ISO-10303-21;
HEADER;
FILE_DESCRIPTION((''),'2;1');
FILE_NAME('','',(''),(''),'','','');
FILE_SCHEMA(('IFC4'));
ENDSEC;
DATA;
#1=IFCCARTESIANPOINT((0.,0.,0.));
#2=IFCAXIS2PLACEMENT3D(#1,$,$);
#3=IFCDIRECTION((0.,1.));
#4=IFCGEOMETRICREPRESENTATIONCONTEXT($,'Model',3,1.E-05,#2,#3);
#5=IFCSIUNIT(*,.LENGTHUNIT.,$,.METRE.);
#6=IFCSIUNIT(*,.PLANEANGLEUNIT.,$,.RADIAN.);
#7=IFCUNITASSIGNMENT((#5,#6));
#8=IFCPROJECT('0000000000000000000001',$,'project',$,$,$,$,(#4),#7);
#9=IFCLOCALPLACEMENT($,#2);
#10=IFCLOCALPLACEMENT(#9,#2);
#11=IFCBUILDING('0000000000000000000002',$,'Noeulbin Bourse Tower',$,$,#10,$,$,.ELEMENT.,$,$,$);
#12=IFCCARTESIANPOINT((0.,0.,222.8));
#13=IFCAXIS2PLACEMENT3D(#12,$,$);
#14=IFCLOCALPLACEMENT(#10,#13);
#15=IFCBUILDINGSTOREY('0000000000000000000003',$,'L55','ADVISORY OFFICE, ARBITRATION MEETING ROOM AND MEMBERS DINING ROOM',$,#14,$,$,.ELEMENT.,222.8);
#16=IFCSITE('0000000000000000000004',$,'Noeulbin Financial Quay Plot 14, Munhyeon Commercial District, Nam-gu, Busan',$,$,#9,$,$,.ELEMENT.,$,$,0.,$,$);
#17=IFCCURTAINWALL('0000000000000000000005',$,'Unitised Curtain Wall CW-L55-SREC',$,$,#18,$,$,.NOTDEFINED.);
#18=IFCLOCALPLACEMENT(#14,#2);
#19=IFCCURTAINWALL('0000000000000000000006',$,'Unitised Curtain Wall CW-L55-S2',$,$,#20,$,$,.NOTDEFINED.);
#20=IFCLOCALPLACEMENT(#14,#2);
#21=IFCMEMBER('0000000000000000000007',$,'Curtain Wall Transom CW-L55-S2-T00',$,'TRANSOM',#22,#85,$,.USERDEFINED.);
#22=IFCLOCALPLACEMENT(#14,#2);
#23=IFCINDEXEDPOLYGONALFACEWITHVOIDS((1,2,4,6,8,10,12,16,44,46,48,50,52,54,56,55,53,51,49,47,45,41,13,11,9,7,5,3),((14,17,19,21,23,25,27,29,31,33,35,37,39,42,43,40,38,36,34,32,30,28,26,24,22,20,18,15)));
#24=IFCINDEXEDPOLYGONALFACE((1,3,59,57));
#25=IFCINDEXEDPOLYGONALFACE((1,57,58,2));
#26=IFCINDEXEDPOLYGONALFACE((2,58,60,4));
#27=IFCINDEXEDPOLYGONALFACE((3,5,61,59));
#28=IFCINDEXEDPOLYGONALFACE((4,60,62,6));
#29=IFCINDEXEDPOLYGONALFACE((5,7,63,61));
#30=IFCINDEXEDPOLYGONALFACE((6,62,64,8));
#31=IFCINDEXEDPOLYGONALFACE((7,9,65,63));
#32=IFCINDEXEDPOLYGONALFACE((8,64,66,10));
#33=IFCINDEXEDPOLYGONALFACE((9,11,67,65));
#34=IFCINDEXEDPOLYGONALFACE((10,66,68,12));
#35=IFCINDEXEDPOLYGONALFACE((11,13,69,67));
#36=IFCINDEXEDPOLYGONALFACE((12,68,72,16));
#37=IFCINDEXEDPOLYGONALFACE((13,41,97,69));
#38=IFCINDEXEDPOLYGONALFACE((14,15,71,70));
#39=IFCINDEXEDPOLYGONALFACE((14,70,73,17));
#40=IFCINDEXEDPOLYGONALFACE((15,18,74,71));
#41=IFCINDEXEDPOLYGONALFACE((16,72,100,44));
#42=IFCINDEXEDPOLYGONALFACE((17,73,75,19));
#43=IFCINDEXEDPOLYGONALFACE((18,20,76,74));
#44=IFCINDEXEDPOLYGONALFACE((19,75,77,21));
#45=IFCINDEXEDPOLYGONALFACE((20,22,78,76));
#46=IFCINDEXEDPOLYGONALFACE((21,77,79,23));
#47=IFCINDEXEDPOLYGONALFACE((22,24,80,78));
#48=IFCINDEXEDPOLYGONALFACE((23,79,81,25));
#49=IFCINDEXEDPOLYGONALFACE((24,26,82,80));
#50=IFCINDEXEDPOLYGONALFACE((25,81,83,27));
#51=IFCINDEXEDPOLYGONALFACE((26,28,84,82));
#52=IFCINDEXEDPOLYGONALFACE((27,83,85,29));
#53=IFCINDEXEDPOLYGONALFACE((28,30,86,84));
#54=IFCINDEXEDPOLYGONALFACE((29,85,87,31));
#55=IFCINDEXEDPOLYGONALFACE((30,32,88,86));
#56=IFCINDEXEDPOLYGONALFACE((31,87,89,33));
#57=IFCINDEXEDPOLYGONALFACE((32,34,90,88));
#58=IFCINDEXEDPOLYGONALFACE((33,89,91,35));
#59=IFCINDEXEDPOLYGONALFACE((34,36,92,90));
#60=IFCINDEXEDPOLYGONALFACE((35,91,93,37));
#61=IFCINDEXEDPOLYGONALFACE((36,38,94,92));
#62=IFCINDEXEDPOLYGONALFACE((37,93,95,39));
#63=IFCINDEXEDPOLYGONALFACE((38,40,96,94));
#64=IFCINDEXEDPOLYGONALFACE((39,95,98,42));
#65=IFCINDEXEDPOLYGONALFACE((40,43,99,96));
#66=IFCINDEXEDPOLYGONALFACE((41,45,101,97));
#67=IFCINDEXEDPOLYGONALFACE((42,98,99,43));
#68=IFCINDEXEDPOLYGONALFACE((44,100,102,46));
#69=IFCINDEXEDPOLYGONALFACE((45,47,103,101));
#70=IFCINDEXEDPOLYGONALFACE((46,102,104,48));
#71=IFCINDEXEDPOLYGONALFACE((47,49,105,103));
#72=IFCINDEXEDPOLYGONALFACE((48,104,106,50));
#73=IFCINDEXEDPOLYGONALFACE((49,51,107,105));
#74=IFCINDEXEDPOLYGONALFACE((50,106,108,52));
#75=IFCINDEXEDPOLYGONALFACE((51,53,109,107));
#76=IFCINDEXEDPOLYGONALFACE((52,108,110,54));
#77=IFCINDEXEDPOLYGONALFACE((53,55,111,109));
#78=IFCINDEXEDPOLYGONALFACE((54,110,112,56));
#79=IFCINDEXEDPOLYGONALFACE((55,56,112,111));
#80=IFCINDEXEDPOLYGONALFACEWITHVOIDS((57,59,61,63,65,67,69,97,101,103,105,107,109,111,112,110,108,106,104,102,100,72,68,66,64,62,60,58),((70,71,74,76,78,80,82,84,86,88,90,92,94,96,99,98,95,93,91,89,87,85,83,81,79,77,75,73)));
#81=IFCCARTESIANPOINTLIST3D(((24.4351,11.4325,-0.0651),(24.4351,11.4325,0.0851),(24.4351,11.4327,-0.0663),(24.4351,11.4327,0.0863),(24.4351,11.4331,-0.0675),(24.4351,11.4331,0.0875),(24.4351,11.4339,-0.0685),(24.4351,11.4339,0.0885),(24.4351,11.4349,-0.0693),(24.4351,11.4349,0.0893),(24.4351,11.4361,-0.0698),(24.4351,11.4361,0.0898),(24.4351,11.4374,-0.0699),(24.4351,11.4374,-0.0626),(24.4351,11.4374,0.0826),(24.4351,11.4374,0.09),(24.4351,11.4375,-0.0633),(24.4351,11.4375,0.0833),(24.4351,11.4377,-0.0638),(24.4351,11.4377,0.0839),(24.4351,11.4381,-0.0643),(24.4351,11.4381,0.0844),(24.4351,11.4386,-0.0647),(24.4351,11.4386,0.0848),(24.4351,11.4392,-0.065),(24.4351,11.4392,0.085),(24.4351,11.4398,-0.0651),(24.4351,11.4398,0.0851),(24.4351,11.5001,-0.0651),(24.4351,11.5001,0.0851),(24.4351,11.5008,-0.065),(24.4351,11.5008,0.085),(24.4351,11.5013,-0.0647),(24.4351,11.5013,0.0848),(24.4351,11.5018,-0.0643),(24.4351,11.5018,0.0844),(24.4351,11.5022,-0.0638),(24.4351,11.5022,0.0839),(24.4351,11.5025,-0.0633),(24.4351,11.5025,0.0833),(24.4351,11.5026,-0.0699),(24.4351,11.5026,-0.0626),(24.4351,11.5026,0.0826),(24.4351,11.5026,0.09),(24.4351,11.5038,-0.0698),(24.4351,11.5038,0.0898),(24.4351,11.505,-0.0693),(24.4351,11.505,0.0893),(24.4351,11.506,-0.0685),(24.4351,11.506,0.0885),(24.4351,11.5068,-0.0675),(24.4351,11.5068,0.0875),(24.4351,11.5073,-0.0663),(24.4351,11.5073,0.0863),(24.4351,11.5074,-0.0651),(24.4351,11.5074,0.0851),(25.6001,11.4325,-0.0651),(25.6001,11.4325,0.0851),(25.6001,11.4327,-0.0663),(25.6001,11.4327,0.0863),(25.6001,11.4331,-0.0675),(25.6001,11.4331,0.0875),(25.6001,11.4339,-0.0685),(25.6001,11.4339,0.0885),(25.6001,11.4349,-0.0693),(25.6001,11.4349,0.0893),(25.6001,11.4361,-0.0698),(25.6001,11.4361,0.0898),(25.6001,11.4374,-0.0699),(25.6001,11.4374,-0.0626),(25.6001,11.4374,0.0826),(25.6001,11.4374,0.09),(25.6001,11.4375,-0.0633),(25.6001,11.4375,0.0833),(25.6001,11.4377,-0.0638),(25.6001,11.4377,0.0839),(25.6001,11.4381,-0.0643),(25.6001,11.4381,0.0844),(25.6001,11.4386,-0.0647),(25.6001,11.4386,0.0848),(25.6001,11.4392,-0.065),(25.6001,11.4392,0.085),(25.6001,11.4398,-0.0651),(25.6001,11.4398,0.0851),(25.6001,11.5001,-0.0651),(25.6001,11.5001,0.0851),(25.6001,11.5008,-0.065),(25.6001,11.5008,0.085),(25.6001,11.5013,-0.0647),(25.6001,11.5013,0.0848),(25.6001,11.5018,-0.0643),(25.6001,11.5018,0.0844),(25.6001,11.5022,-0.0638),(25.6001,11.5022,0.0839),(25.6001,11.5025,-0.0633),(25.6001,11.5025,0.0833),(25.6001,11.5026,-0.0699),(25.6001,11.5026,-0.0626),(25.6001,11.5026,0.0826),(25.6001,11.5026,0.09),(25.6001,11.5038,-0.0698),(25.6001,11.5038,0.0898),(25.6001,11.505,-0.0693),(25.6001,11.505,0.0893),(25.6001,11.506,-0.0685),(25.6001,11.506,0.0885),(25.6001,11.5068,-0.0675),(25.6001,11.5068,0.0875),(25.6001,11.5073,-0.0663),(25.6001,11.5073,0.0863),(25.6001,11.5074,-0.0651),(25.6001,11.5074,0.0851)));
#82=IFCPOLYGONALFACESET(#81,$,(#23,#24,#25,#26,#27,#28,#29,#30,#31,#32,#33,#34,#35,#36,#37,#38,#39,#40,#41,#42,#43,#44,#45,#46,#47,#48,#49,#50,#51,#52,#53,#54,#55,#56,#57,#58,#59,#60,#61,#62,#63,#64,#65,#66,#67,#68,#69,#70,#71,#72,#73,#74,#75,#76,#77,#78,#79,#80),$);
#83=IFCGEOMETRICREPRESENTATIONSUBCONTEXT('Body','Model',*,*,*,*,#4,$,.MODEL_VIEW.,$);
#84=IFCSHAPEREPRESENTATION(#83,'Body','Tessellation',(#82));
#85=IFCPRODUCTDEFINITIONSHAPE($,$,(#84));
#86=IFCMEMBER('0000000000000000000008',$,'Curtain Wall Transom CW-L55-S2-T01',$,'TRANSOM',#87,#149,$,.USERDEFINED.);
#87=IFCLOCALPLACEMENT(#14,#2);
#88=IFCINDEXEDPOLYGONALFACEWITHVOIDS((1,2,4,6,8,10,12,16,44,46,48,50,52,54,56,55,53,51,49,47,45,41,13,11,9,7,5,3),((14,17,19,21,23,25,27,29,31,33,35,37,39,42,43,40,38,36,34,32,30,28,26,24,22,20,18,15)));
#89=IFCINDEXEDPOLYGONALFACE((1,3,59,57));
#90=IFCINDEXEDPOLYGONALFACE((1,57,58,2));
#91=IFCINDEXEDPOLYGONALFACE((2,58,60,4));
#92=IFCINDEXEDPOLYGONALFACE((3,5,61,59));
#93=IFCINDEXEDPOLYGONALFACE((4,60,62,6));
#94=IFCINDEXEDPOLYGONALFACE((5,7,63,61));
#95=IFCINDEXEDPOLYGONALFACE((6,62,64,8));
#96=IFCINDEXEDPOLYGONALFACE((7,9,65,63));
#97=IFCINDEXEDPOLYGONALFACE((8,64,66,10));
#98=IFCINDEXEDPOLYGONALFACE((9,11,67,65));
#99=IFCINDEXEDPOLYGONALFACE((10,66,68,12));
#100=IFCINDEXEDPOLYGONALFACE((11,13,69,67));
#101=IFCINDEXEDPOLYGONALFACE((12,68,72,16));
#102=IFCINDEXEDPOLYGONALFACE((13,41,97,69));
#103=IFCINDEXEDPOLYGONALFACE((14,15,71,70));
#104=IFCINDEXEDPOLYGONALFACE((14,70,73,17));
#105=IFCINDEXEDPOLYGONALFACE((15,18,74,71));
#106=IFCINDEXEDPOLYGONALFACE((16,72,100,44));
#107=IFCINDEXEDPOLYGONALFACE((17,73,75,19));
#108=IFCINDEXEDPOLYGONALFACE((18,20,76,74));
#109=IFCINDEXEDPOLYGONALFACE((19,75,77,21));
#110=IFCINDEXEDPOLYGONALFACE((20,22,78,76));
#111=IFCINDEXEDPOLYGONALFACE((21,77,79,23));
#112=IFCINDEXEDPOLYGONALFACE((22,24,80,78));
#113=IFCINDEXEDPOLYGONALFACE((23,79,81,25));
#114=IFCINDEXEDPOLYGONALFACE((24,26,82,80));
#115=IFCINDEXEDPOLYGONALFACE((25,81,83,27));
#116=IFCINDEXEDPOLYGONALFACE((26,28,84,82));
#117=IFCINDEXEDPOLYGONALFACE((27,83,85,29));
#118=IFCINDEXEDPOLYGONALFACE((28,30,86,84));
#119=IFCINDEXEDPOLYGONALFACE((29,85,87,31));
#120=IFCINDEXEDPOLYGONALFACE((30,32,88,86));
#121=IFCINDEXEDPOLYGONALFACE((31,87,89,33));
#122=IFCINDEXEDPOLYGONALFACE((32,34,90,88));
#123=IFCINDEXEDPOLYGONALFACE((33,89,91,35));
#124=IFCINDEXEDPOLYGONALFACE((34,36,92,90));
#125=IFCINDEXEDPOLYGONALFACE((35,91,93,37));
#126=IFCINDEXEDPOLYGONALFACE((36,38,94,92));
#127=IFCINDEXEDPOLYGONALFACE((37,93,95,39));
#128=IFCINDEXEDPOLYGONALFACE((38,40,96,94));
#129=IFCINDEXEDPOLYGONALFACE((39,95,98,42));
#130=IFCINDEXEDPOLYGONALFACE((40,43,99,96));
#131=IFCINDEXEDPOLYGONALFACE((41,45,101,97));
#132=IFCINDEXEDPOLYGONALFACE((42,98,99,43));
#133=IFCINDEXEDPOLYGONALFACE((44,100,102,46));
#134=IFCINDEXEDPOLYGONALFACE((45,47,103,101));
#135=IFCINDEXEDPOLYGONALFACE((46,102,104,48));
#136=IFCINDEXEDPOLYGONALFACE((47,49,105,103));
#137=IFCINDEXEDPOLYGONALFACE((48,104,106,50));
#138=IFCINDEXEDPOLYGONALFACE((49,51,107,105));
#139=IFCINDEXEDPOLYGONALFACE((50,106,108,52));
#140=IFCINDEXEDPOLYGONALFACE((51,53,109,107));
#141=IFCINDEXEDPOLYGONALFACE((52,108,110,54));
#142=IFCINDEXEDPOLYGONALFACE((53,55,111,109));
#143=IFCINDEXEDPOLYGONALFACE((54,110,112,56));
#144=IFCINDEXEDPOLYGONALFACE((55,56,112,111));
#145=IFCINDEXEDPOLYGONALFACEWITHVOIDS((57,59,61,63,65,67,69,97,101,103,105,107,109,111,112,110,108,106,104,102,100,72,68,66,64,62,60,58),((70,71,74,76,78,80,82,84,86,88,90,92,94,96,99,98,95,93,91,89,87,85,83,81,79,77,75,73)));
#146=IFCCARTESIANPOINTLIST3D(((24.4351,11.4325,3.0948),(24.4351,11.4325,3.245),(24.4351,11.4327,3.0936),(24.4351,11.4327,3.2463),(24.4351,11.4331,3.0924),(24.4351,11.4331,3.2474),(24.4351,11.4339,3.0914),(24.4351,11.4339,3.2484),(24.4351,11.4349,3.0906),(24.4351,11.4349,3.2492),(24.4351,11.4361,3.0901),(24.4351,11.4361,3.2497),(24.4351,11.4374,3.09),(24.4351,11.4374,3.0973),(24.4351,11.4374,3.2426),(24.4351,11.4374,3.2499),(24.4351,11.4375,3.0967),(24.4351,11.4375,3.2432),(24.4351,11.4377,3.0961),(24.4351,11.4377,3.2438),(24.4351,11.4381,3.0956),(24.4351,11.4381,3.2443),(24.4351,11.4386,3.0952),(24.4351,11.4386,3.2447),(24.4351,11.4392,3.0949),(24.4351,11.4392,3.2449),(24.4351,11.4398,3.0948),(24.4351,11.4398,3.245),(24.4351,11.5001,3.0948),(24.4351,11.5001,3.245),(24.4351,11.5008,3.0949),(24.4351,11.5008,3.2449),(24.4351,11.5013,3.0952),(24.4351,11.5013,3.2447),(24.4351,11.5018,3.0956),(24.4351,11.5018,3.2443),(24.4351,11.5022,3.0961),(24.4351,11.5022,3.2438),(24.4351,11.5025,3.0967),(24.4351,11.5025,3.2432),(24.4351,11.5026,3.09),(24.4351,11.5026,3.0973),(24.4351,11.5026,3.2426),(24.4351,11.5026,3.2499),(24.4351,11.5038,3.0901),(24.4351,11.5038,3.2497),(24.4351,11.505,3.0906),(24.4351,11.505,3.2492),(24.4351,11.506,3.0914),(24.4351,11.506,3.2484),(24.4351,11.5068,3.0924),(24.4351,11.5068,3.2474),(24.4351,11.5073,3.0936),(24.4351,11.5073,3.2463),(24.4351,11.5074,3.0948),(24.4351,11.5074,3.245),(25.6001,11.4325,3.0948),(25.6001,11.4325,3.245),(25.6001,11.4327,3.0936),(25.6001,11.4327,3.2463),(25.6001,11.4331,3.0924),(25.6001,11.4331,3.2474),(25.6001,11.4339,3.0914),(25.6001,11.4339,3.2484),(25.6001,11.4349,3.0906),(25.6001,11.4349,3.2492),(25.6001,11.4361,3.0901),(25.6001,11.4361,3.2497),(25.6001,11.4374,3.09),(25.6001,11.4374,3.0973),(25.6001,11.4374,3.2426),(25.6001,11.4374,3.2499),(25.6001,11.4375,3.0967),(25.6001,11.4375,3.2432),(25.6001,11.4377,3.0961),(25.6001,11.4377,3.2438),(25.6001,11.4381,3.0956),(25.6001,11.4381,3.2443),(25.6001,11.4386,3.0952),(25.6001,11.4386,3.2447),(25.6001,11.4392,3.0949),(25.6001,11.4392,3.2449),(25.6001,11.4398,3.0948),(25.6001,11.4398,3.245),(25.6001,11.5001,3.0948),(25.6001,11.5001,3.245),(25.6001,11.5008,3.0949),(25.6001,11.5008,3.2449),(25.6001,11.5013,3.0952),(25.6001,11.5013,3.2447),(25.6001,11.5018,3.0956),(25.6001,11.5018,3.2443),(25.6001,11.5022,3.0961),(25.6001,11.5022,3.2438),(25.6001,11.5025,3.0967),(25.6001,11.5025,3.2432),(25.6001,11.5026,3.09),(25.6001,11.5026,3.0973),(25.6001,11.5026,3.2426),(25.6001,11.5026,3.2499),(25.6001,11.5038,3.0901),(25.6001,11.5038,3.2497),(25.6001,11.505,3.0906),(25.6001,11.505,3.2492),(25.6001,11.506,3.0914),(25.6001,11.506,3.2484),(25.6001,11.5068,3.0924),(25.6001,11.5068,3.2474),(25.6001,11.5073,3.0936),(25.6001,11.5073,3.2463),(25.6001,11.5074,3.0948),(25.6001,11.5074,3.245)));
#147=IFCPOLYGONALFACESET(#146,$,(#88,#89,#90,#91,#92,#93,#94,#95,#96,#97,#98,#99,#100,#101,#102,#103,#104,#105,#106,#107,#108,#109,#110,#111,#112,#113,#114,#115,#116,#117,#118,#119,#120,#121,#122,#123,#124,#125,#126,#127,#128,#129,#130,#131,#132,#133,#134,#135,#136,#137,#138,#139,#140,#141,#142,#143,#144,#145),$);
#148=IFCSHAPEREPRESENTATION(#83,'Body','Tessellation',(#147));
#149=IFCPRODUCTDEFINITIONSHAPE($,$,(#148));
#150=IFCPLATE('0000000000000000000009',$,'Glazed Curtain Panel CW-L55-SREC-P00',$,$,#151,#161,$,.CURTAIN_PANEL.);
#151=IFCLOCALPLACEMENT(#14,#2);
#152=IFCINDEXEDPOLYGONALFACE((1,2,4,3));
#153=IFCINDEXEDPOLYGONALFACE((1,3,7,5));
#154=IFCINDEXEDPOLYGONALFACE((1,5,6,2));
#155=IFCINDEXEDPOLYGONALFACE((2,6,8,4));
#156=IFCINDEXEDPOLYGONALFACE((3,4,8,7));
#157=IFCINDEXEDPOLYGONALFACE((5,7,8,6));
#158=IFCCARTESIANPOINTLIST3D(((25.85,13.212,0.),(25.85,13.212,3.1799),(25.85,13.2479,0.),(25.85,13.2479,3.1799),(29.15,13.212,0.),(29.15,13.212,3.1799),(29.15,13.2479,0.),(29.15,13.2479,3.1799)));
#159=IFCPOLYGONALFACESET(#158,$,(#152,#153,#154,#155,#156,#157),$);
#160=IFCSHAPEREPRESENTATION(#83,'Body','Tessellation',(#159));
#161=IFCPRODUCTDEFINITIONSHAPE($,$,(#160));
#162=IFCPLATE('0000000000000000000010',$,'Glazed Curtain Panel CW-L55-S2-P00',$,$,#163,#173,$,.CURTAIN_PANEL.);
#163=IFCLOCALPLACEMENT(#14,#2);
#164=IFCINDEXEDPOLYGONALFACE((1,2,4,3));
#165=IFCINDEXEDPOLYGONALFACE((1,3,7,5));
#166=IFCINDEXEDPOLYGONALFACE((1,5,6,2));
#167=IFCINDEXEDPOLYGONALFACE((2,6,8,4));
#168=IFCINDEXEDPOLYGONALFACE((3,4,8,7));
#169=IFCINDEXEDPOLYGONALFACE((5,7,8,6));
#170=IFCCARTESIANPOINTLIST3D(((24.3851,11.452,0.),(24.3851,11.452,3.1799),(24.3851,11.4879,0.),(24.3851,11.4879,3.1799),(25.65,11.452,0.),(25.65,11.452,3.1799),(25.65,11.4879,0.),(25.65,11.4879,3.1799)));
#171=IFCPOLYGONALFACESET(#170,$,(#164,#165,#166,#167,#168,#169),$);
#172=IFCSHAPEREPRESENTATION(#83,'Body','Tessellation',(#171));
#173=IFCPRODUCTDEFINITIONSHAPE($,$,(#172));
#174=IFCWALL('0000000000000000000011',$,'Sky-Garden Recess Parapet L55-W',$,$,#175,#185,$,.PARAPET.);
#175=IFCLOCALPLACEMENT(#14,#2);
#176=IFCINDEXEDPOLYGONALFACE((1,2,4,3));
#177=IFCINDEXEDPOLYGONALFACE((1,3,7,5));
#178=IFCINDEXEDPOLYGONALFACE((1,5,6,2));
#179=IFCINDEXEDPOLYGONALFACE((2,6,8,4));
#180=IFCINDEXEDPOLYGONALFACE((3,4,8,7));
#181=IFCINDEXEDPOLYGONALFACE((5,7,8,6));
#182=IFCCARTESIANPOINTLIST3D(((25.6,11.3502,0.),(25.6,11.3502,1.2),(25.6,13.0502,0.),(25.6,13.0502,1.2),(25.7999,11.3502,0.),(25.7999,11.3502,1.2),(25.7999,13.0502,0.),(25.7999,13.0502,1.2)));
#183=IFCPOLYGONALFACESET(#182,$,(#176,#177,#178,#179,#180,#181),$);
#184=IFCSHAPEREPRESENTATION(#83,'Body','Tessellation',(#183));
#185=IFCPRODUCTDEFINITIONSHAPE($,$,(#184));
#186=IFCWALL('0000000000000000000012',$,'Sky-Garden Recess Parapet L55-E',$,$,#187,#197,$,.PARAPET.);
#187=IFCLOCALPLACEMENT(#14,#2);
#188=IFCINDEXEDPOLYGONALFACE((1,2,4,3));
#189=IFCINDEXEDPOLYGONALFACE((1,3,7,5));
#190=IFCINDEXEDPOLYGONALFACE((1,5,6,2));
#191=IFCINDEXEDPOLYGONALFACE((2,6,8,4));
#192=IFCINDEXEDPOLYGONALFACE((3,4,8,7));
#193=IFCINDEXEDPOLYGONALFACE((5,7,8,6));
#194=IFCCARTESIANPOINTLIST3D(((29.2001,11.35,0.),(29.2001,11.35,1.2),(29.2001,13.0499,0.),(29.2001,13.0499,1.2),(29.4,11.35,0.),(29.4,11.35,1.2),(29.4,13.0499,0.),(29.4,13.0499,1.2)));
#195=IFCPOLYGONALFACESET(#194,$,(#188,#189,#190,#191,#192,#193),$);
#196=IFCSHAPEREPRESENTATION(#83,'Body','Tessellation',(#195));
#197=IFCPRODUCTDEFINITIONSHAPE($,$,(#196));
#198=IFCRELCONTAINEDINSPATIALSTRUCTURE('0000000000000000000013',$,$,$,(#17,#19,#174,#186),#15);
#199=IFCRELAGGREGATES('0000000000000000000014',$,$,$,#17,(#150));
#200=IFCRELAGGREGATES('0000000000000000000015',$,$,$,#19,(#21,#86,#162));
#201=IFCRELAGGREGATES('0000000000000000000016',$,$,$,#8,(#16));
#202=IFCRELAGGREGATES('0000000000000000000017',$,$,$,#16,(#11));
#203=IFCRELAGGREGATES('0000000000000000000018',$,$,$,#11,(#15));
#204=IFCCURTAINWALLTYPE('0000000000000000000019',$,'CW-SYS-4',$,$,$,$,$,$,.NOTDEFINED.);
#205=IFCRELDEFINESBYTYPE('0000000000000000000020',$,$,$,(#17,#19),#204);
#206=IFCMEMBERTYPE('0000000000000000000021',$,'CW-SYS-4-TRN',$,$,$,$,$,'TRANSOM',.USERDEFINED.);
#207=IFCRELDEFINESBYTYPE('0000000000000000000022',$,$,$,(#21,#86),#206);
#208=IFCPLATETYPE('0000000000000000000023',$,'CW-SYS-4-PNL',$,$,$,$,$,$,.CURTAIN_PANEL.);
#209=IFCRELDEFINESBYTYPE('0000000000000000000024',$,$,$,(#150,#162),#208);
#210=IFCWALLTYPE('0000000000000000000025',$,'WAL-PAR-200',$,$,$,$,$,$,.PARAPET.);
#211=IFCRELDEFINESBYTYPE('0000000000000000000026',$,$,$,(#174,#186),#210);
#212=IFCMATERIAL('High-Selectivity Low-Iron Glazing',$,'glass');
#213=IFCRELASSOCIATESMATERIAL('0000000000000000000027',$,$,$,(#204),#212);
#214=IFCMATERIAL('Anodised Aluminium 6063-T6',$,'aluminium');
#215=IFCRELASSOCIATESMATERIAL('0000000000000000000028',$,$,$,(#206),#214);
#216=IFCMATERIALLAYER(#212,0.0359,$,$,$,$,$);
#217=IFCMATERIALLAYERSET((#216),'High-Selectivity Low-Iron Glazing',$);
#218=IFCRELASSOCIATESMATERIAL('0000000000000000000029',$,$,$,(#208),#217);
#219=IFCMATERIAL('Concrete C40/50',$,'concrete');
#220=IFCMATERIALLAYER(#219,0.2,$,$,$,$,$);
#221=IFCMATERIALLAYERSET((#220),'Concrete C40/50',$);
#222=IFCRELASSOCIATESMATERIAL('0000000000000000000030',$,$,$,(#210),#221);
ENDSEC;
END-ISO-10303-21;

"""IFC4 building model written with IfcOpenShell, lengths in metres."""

from ifc_helpers import new_model, si_unit, direction, frame, frame_2d, origin, origin_2d, place, context, subcontext, project, spatial, rectangle, hollow_rectangle, extrude, material, layer, layer_set, material_profile, profile_set, type_object, element, aggregate, save


model = new_model("IFC4")

# Units and contexts
model_context = context("Model", 3, precision=1e-05, world=origin(), true_north=direction((0.0, 1.0)))
body_context = subcontext(model_context, "Body", "Model", "MODEL_VIEW")
ifc_project = project(units=[si_unit("LENGTHUNIT", "METRE"), si_unit("PLANEANGLEUNIT", "RADIAN")], contexts=[model_context])

# Site, building, storey
site_placement = place(None, origin())
site = spatial("IfcSite", under=ifc_project, at=site_placement, Name="Noeulbin Financial Quay Plot 14, Munhyeon Commercial District, Nam-gu, Busan", CompositionType="ELEMENT", RefElevation=0.0)
building_placement = place(site_placement, origin())
building = spatial("IfcBuilding", under=site, at=building_placement, Name="Noeulbin Bourse Tower", CompositionType="ELEMENT")
storey_placement = place(building_placement, frame((0.0, 0.0, 222.8)))
storey = spatial("IfcBuildingStorey", under=building, at=storey_placement, Name="L55", Description="ADVISORY OFFICE, ARBITRATION MEETING ROOM AND MEMBERS DINING ROOM", CompositionType="ELEMENT", Elevation=222.8)

# Curtain wall
ifc_material_1 = material(Name="High-Selectivity Low-Iron Glazing", Category="glass")
curtain_wall_type = type_object("IfcCurtainWallType", Name="CW-SYS-4", PredefinedType="NOTDEFINED", material=ifc_material_1)
curtain_wall_1_placement = place(storey_placement, origin())
curtain_wall_1 = element("IfcCurtainWall", 1, at=curtain_wall_1_placement, inside=storey, type_object=curtain_wall_type, Name="Unitised Curtain Wall CW-L55-SREC", PredefinedType="NOTDEFINED")
ifc_material_2 = material(Name="Anodised Aluminium 6063-T6", Category="aluminium")

# Curtain wall
curtain_wall_2_placement = place(storey_placement, origin())
curtain_wall_2 = element("IfcCurtainWall", 2, at=curtain_wall_2_placement, inside=storey, type_object=curtain_wall_type, Name="Unitised Curtain Wall CW-L55-S2", PredefinedType="NOTDEFINED")

# Members
ifc_material_profile_1 = material_profile(ifc_material_2, hollow_rectangle(XDim=0.075, YDim=0.1599, WallThickness=0.0049, InnerFilletRadius=0.0024, OuterFilletRadius=0.0049, at=origin_2d()), Name="ALU-TRAN-75x160x5", Category="LoadBearing")
ifc_profile_set_1 = profile_set([ifc_material_profile_1], Name="Anodised Aluminium 6063-T6")
member_type_1 = type_object("IfcMemberType", Name="CW-SYS-4-TRN", ElementType="TRANSOM", PredefinedType="USERDEFINED", material=ifc_profile_set_1)
member_1_placement = place(storey_placement, frame((24.4351, 11.47, 0.01), z_axis=(1.0, 0.0, 0.0), x_axis=(0.0, 1.0, 0.0)))
member_1 = element("IfcMember", 3, at=member_1_placement, type_object=member_type_1, Name="Curtain Wall Transom CW-L55-S2-T00", ObjectType="TRANSOM", PredefinedType="USERDEFINED", context=body_context, shape_type="SweptSolid", body=[
    extrude(hollow_rectangle(XDim=0.075, YDim=0.1599, WallThickness=0.0049, InnerFilletRadius=0.0024, OuterFilletRadius=0.0049, at=origin_2d()), origin(), (0.0, 0.0, 1.0), 1.165),
])
member_2_placement = place(storey_placement, frame((24.4351, 11.47, 3.1699), z_axis=(1.0, 0.0, 0.0), x_axis=(0.0, 1.0, 0.0)))
member_2 = element("IfcMember", 4, at=member_2_placement, type_object=member_type_1, Name="Curtain Wall Transom CW-L55-S2-T01", ObjectType="TRANSOM", PredefinedType="USERDEFINED", context=body_context, shape_type="SweptSolid", body=[
    extrude(hollow_rectangle(XDim=0.075, YDim=0.1599, WallThickness=0.0049, InnerFilletRadius=0.0024, OuterFilletRadius=0.0049, at=origin_2d()), origin(), (0.0, 0.0, 1.0), 1.165),
])

# Plates
ifc_layer_1 = layer(ifc_material_1, 0.0359)
ifc_layer_set_1 = layer_set([ifc_layer_1], Name="High-Selectivity Low-Iron Glazing")
plate_type = type_object("IfcPlateType", Name="CW-SYS-4-PNL", PredefinedType="CURTAIN_PANEL", material=ifc_layer_set_1)
plate_1_placement = place(storey_placement, frame((27.5, 13.23, 0.0), z_axis=(0.0, 0.0, 1.0), x_axis=(1.0, 0.0, 0.0)))
plate_1 = element("IfcPlate", 5, at=plate_1_placement, type_object=plate_type, Name="Glazed Curtain Panel CW-L55-SREC-P00", PredefinedType="CURTAIN_PANEL", context=body_context, shape_type="SweptSolid", body=[
    extrude(rectangle(XDim=3.3, YDim=0.0359, at=origin_2d()), origin(), (0.0, 0.0, 1.0), 3.1799),
])
aggregate(curtain_wall_1, [plate_1])
plate_2_placement = place(storey_placement, frame((25.0176, 11.47, 0.0), z_axis=(0.0, 0.0, 1.0), x_axis=(1.0, 0.0, 0.0)))
plate_2 = element("IfcPlate", 6, at=plate_2_placement, type_object=plate_type, Name="Glazed Curtain Panel CW-L55-S2-P00", PredefinedType="CURTAIN_PANEL", context=body_context, shape_type="SweptSolid", body=[
    extrude(rectangle(XDim=1.2649, YDim=0.0359, at=origin_2d()), origin(), (0.0, 0.0, 1.0), 3.1799),
])
aggregate(curtain_wall_2, [member_1, member_2, plate_2])

# Walls
ifc_material_3 = material(Name="Concrete C40/50", Category="concrete")
ifc_layer_2 = layer(ifc_material_3, 0.2)
ifc_layer_set_2 = layer_set([ifc_layer_2], Name="Concrete C40/50")
wall_type = type_object("IfcWallType", Name="WAL-PAR-200", PredefinedType="PARAPET", material=ifc_layer_set_2)
for number, where, z_axis, x_axis, name in (
    (7, (25.7, 11.3501, 0.0), (0.0, 0.0, 1.0), (0.0, 1.0, 0.0), "Sky-Garden Recess Parapet L55-W"),
    (8, (29.3, 13.05, 0.0), (0.0, 0.0, 1.0), (0.0, -1.0, 0.0), "Sky-Garden Recess Parapet L55-E"),
):
    element("IfcWall", number, at=place(storey_placement, frame(where, z_axis=z_axis, x_axis=x_axis)), inside=storey, type_object=wall_type, Name=name, PredefinedType="PARAPET", context=body_context, shape_type="SweptSolid", body=[
        extrude(rectangle(XDim=1.7, YDim=0.2, at=frame_2d((0.8501, 0.0))), origin(), (0.0, 0.0, 1.0), 1.2),
    ])

save(model, "model.ifc")
